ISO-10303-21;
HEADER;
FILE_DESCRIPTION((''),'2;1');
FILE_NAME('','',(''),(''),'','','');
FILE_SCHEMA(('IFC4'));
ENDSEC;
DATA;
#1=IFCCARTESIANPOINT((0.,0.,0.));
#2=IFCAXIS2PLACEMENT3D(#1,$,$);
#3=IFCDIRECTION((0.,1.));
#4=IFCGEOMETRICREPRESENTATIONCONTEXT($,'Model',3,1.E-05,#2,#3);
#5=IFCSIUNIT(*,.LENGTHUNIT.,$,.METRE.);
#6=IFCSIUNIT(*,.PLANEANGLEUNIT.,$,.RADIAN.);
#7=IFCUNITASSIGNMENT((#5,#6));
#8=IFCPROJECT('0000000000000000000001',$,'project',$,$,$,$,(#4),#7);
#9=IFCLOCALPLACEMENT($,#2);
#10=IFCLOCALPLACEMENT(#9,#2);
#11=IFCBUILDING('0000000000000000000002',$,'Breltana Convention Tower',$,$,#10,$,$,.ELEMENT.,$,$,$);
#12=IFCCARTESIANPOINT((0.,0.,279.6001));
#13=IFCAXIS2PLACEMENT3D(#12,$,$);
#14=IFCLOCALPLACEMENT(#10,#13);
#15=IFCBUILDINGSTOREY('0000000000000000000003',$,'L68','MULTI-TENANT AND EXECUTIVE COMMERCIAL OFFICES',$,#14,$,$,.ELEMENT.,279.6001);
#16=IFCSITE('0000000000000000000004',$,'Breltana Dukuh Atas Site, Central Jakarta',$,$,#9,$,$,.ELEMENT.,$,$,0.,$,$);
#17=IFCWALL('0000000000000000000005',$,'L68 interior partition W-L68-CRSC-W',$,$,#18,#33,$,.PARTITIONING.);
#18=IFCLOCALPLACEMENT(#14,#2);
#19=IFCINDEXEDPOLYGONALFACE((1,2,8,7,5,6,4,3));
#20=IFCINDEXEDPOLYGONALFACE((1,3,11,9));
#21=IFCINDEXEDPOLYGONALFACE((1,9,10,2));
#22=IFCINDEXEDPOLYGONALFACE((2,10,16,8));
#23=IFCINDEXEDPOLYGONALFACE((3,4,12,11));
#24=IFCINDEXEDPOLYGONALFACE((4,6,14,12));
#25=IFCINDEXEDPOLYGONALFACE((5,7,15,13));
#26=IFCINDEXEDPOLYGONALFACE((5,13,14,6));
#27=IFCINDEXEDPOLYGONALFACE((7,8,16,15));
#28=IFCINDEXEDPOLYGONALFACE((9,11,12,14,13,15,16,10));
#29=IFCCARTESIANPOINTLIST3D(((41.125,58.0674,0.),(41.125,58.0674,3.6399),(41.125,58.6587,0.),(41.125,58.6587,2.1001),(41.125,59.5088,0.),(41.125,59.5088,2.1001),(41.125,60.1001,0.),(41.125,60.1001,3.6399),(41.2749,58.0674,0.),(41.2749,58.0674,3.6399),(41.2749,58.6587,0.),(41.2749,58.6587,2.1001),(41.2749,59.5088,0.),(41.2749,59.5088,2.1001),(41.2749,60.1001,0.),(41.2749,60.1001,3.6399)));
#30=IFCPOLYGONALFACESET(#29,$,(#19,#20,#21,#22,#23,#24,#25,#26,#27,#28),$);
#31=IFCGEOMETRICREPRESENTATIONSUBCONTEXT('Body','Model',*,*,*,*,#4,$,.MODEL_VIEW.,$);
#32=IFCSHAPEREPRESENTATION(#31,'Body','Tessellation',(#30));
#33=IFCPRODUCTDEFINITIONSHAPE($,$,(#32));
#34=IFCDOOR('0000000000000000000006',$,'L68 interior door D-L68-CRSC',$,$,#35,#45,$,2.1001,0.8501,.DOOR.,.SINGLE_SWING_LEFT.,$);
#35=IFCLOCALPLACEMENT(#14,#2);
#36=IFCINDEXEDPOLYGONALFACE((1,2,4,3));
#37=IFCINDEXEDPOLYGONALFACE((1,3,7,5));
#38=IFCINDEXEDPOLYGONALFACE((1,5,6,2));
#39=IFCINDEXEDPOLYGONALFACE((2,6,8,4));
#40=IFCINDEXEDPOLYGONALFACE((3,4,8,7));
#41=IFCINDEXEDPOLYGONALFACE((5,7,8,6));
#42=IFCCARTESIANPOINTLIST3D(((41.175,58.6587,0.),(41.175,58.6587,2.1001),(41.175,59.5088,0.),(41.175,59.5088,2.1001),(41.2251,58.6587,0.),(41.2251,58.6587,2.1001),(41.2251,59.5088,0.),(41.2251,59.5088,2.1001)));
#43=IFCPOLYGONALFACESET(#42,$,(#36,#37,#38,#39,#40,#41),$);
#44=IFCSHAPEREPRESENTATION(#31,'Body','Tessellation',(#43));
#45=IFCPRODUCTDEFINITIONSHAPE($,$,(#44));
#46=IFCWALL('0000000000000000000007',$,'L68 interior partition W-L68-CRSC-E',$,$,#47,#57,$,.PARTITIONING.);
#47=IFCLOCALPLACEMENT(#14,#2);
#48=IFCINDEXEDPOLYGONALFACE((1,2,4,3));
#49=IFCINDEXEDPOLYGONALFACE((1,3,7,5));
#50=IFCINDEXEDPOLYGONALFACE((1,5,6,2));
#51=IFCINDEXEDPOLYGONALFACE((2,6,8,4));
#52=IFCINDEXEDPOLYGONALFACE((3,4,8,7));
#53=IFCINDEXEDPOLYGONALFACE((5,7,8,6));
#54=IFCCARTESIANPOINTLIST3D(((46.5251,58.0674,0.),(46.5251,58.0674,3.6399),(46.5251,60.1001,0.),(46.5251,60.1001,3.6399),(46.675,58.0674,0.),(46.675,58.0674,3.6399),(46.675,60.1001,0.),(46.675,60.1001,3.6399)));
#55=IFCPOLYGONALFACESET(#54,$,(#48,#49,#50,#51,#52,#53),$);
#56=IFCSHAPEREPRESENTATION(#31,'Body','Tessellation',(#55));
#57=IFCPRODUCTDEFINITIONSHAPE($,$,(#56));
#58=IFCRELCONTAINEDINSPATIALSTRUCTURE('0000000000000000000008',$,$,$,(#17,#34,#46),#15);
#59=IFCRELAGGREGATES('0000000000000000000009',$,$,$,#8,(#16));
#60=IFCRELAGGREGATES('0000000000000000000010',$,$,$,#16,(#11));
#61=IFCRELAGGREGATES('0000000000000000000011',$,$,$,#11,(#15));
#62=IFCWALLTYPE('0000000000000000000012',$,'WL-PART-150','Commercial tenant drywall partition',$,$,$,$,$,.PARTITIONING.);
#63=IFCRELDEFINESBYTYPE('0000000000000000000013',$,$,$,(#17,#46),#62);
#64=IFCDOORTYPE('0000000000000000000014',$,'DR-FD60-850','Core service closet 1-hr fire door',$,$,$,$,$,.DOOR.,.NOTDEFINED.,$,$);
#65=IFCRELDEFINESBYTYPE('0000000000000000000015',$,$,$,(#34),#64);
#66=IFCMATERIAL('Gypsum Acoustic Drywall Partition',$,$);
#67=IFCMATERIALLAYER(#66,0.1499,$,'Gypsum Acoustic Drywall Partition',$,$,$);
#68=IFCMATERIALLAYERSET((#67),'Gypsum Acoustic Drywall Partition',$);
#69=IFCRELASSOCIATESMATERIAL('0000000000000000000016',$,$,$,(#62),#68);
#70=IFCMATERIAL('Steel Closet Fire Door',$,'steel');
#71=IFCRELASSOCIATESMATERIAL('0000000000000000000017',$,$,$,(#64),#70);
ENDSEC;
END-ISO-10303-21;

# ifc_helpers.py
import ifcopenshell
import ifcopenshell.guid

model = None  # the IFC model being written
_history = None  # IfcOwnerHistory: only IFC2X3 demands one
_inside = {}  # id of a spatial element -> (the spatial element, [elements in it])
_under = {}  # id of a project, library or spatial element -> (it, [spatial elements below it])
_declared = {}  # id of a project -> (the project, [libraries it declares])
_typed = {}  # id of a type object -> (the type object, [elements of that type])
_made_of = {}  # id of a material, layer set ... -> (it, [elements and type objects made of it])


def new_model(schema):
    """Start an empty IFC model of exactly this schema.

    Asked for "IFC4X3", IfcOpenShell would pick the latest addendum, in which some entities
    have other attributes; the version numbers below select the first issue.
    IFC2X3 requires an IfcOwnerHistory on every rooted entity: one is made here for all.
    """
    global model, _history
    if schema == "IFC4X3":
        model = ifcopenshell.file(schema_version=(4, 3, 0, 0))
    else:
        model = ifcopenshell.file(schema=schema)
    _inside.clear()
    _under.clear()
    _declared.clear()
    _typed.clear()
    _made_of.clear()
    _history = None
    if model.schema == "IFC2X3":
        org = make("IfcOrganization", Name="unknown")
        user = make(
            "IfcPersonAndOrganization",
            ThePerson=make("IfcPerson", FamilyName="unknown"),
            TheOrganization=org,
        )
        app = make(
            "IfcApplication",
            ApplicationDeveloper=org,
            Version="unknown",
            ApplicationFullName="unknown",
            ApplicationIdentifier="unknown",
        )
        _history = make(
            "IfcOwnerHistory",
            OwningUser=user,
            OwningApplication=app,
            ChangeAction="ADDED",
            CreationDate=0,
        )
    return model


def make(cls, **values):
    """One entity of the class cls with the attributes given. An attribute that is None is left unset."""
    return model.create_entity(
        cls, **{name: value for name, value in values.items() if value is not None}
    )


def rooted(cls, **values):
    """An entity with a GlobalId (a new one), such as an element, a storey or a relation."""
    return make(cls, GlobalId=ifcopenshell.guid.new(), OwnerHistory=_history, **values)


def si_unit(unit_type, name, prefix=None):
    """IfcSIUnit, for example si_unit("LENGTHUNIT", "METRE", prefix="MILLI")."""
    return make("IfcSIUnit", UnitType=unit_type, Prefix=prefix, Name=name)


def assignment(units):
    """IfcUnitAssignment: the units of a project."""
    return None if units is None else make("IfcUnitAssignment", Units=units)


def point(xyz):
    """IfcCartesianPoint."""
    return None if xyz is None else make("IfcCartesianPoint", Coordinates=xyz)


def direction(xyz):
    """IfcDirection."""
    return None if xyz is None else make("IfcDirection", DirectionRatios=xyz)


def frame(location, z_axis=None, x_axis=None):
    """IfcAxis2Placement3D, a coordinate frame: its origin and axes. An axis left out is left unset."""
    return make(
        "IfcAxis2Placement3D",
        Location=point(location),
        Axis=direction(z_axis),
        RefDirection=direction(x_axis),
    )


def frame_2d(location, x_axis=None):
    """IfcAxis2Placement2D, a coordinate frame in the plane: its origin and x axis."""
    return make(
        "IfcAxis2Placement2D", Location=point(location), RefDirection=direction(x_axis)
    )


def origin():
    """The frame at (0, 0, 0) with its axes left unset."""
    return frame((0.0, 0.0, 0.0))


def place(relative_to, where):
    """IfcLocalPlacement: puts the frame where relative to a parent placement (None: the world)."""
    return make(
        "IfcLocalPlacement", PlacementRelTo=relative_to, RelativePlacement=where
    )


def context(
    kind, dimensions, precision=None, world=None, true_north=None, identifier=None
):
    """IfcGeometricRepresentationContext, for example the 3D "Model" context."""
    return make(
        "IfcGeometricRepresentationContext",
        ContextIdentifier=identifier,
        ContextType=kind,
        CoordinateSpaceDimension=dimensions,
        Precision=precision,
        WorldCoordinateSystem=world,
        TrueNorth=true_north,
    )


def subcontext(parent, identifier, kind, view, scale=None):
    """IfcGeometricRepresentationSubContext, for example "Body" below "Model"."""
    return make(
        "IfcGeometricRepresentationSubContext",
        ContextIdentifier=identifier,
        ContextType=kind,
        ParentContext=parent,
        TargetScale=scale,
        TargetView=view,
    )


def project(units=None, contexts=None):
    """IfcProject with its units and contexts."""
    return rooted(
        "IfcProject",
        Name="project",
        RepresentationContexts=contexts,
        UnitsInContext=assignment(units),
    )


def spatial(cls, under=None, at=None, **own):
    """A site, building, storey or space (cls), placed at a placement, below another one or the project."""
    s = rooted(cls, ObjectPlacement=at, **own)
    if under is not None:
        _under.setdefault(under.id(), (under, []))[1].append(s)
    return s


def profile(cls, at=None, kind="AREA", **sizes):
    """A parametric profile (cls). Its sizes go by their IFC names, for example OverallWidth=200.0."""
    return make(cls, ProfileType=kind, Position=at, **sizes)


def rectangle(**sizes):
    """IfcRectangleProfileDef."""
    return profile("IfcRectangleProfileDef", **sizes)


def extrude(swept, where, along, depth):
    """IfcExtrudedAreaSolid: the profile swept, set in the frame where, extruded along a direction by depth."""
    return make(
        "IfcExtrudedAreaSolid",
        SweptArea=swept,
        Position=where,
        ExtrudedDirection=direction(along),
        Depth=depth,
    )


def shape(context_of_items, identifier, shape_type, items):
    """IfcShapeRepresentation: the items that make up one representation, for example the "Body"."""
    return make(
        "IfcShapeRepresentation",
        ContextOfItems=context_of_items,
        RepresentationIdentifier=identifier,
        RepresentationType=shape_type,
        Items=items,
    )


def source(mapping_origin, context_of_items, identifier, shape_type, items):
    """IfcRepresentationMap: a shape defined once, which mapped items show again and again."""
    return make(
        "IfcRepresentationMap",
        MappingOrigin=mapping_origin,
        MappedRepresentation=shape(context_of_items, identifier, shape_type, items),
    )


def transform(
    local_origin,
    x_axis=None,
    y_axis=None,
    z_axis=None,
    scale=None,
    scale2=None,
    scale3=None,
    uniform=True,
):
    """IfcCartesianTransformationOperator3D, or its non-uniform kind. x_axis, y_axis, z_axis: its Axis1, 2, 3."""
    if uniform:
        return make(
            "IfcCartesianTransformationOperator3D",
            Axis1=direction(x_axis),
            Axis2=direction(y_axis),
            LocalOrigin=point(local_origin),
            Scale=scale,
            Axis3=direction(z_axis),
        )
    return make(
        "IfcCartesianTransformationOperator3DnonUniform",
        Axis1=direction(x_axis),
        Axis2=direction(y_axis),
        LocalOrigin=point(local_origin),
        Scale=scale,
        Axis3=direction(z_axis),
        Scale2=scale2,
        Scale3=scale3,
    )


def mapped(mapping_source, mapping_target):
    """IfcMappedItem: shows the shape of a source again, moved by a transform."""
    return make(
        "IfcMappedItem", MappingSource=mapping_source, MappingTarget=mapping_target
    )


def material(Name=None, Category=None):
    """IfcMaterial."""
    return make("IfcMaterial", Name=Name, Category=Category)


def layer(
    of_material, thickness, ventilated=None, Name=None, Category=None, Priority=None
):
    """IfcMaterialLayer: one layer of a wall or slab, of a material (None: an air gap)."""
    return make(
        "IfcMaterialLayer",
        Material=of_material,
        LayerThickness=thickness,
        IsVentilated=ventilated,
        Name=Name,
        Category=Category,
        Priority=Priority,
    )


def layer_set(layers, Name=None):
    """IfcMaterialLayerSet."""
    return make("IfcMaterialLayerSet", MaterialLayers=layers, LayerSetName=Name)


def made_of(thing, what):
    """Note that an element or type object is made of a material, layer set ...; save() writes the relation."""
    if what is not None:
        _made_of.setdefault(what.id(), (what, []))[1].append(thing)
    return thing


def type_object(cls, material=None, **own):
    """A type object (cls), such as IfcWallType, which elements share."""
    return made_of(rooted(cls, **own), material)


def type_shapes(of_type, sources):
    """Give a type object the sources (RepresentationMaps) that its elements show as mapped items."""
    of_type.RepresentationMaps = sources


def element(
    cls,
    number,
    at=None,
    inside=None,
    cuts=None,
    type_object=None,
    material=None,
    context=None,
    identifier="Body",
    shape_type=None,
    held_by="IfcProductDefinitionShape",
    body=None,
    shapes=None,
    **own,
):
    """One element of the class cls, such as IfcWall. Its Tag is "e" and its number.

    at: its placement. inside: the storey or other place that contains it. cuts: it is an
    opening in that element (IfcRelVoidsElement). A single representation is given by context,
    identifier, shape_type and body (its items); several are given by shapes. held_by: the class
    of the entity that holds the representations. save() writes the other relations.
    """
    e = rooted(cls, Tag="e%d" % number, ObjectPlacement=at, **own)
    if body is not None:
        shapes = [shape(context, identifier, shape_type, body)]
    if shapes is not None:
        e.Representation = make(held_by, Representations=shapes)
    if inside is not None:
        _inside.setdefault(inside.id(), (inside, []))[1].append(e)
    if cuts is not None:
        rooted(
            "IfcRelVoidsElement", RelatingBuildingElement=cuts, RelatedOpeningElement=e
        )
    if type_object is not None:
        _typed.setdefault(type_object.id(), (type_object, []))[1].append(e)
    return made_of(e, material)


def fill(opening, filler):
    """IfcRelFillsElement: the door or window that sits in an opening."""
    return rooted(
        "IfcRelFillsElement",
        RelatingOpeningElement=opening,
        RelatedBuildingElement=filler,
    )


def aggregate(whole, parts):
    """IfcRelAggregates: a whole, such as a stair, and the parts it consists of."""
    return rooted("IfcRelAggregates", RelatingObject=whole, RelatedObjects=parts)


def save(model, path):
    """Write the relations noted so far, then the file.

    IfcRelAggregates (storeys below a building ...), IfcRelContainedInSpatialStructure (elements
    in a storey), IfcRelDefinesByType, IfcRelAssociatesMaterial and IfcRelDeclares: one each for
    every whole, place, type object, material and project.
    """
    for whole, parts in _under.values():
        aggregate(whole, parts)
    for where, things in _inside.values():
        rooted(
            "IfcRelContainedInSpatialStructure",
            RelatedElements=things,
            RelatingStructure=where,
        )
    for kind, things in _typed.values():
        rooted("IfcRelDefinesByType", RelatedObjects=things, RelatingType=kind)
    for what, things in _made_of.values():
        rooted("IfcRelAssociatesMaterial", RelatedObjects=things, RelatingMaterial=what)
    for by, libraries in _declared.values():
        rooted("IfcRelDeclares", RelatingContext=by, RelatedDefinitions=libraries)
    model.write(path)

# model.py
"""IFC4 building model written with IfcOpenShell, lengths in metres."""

from ifc_helpers import new_model, si_unit, direction, frame, frame_2d, origin, place, context, subcontext, project, spatial, rectangle, extrude, source, transform, mapped, material, layer, layer_set, type_object, type_shapes, element, fill, save


model = new_model("IFC4")

# Units and contexts
model_context = context("Model", 3, precision=1e-05, world=origin(), true_north=direction((0.0, 1.0)))
body_context = subcontext(model_context, "Body", "Model", "MODEL_VIEW")
ifc_project = project(units=[si_unit("LENGTHUNIT", "METRE"), si_unit("PLANEANGLEUNIT", "RADIAN")], contexts=[model_context])

# Site, building, storey
site_placement = place(None, origin())
site = spatial("IfcSite", under=ifc_project, at=site_placement, Name="Breltana Dukuh Atas Site, Central Jakarta", CompositionType="ELEMENT", RefElevation=0.0)
building_placement = place(site_placement, origin())
building = spatial("IfcBuilding", under=site, at=building_placement, Name="Breltana Convention Tower", CompositionType="ELEMENT")
storey_placement = place(building_placement, frame((0.0, 0.0, 279.6001)))
storey = spatial("IfcBuildingStorey", under=building, at=storey_placement, Name="L68", Description="MULTI-TENANT AND EXECUTIVE COMMERCIAL OFFICES", CompositionType="ELEMENT", Elevation=279.6001)

# Wall, opening, door
ifc_material_1 = material(Name="Gypsum Acoustic Drywall Partition")
ifc_layer_1 = layer(ifc_material_1, 0.1499, Name="Gypsum Acoustic Drywall Partition")
ifc_layer_set_1 = layer_set([ifc_layer_1], Name="Gypsum Acoustic Drywall Partition")
wall_type_1 = type_object("IfcWallType", Name="WL-PART-150", Description="Commercial tenant drywall partition", PredefinedType="PARTITIONING", material=ifc_layer_set_1)
shared_shape_1 = source(origin(), body_context, "Body", "SweptSolid", [
    extrude(rectangle(XDim=2.0327, YDim=0.1499, at=frame_2d((1.0164, 0.0))), origin(), (0.0, 0.0, 1.0), 3.6399),
])
wall_1_placement = place(storey_placement, frame((41.2, 58.0674, 0.0), z_axis=(0.0, 0.0, 1.0), x_axis=(0.0, 1.0, 0.0)))
wall_1 = element("IfcWall", 1, at=wall_1_placement, inside=storey, type_object=wall_type_1, Name="L68 interior partition W-L68-CRSC-W", PredefinedType="PARTITIONING", context=body_context, shape_type="MappedRepresentation", body=[
    mapped(shared_shape_1, transform((0.0, 0.0, 0.0), scale=1.0)),
])
opening_1_placement = place(wall_1_placement, frame((0.5913, 0.0, 0.0)))
opening_1 = element("IfcOpeningElement", 2, at=opening_1_placement, cuts=wall_1, PredefinedType="OPENING", context=body_context, shape_type="SweptSolid", body=[
    extrude(rectangle(XDim=0.8501, YDim=2.1001, at=frame_2d((0.425, 1.05))), frame((0.0, 0.085, 0.0), z_axis=(0.0, -1.0, 0.0), x_axis=(1.0, 0.0, 0.0)), (0.0, 0.0, 1.0), 0.1699),
])
ifc_material_2 = material(Name="Steel Closet Fire Door", Category="steel")
door_type_1 = type_object("IfcDoorType", Name="DR-FD60-850", Description="Core service closet 1-hr fire door", OperationType="NOTDEFINED", PredefinedType="DOOR", material=ifc_material_2)
shared_shape_2 = source(origin(), body_context, "Body", "SweptSolid", [
    extrude(rectangle(XDim=0.8501, YDim=2.1001, at=frame_2d((0.425, 1.05))), frame((0.0, 0.0249, 0.0), z_axis=(0.0, -1.0, 0.0), x_axis=(1.0, 0.0, 0.0)), (0.0, 0.0, 1.0), 0.05),
])
type_shapes(door_type_1, [shared_shape_2])
door_1_placement = place(opening_1_placement, origin())
door_1 = element("IfcDoor", 3, at=door_1_placement, inside=storey, type_object=door_type_1, Name="L68 interior door D-L68-CRSC", OperationType="SINGLE_SWING_LEFT", OverallHeight=2.1001, OverallWidth=0.8501, PredefinedType="DOOR", context=body_context, shape_type="MappedRepresentation", body=[
    mapped(shared_shape_2, transform((0.0, 0.0, 0.0), scale=1.0)),
])
fill(opening_1, door_1)

# Wall
wall_2_placement = place(storey_placement, frame((46.6001, 58.0674, 0.0), z_axis=(0.0, 0.0, 1.0), x_axis=(0.0, 1.0, 0.0)))
element("IfcWall", 4, at=wall_2_placement, inside=storey, type_object=wall_type_1, Name="L68 interior partition W-L68-CRSC-E", PredefinedType="PARTITIONING", context=body_context, shape_type="MappedRepresentation", body=[
    mapped(shared_shape_1, transform((0.0, 0.0, 0.0), scale=1.0)),
])

save(model, "model.ifc")
